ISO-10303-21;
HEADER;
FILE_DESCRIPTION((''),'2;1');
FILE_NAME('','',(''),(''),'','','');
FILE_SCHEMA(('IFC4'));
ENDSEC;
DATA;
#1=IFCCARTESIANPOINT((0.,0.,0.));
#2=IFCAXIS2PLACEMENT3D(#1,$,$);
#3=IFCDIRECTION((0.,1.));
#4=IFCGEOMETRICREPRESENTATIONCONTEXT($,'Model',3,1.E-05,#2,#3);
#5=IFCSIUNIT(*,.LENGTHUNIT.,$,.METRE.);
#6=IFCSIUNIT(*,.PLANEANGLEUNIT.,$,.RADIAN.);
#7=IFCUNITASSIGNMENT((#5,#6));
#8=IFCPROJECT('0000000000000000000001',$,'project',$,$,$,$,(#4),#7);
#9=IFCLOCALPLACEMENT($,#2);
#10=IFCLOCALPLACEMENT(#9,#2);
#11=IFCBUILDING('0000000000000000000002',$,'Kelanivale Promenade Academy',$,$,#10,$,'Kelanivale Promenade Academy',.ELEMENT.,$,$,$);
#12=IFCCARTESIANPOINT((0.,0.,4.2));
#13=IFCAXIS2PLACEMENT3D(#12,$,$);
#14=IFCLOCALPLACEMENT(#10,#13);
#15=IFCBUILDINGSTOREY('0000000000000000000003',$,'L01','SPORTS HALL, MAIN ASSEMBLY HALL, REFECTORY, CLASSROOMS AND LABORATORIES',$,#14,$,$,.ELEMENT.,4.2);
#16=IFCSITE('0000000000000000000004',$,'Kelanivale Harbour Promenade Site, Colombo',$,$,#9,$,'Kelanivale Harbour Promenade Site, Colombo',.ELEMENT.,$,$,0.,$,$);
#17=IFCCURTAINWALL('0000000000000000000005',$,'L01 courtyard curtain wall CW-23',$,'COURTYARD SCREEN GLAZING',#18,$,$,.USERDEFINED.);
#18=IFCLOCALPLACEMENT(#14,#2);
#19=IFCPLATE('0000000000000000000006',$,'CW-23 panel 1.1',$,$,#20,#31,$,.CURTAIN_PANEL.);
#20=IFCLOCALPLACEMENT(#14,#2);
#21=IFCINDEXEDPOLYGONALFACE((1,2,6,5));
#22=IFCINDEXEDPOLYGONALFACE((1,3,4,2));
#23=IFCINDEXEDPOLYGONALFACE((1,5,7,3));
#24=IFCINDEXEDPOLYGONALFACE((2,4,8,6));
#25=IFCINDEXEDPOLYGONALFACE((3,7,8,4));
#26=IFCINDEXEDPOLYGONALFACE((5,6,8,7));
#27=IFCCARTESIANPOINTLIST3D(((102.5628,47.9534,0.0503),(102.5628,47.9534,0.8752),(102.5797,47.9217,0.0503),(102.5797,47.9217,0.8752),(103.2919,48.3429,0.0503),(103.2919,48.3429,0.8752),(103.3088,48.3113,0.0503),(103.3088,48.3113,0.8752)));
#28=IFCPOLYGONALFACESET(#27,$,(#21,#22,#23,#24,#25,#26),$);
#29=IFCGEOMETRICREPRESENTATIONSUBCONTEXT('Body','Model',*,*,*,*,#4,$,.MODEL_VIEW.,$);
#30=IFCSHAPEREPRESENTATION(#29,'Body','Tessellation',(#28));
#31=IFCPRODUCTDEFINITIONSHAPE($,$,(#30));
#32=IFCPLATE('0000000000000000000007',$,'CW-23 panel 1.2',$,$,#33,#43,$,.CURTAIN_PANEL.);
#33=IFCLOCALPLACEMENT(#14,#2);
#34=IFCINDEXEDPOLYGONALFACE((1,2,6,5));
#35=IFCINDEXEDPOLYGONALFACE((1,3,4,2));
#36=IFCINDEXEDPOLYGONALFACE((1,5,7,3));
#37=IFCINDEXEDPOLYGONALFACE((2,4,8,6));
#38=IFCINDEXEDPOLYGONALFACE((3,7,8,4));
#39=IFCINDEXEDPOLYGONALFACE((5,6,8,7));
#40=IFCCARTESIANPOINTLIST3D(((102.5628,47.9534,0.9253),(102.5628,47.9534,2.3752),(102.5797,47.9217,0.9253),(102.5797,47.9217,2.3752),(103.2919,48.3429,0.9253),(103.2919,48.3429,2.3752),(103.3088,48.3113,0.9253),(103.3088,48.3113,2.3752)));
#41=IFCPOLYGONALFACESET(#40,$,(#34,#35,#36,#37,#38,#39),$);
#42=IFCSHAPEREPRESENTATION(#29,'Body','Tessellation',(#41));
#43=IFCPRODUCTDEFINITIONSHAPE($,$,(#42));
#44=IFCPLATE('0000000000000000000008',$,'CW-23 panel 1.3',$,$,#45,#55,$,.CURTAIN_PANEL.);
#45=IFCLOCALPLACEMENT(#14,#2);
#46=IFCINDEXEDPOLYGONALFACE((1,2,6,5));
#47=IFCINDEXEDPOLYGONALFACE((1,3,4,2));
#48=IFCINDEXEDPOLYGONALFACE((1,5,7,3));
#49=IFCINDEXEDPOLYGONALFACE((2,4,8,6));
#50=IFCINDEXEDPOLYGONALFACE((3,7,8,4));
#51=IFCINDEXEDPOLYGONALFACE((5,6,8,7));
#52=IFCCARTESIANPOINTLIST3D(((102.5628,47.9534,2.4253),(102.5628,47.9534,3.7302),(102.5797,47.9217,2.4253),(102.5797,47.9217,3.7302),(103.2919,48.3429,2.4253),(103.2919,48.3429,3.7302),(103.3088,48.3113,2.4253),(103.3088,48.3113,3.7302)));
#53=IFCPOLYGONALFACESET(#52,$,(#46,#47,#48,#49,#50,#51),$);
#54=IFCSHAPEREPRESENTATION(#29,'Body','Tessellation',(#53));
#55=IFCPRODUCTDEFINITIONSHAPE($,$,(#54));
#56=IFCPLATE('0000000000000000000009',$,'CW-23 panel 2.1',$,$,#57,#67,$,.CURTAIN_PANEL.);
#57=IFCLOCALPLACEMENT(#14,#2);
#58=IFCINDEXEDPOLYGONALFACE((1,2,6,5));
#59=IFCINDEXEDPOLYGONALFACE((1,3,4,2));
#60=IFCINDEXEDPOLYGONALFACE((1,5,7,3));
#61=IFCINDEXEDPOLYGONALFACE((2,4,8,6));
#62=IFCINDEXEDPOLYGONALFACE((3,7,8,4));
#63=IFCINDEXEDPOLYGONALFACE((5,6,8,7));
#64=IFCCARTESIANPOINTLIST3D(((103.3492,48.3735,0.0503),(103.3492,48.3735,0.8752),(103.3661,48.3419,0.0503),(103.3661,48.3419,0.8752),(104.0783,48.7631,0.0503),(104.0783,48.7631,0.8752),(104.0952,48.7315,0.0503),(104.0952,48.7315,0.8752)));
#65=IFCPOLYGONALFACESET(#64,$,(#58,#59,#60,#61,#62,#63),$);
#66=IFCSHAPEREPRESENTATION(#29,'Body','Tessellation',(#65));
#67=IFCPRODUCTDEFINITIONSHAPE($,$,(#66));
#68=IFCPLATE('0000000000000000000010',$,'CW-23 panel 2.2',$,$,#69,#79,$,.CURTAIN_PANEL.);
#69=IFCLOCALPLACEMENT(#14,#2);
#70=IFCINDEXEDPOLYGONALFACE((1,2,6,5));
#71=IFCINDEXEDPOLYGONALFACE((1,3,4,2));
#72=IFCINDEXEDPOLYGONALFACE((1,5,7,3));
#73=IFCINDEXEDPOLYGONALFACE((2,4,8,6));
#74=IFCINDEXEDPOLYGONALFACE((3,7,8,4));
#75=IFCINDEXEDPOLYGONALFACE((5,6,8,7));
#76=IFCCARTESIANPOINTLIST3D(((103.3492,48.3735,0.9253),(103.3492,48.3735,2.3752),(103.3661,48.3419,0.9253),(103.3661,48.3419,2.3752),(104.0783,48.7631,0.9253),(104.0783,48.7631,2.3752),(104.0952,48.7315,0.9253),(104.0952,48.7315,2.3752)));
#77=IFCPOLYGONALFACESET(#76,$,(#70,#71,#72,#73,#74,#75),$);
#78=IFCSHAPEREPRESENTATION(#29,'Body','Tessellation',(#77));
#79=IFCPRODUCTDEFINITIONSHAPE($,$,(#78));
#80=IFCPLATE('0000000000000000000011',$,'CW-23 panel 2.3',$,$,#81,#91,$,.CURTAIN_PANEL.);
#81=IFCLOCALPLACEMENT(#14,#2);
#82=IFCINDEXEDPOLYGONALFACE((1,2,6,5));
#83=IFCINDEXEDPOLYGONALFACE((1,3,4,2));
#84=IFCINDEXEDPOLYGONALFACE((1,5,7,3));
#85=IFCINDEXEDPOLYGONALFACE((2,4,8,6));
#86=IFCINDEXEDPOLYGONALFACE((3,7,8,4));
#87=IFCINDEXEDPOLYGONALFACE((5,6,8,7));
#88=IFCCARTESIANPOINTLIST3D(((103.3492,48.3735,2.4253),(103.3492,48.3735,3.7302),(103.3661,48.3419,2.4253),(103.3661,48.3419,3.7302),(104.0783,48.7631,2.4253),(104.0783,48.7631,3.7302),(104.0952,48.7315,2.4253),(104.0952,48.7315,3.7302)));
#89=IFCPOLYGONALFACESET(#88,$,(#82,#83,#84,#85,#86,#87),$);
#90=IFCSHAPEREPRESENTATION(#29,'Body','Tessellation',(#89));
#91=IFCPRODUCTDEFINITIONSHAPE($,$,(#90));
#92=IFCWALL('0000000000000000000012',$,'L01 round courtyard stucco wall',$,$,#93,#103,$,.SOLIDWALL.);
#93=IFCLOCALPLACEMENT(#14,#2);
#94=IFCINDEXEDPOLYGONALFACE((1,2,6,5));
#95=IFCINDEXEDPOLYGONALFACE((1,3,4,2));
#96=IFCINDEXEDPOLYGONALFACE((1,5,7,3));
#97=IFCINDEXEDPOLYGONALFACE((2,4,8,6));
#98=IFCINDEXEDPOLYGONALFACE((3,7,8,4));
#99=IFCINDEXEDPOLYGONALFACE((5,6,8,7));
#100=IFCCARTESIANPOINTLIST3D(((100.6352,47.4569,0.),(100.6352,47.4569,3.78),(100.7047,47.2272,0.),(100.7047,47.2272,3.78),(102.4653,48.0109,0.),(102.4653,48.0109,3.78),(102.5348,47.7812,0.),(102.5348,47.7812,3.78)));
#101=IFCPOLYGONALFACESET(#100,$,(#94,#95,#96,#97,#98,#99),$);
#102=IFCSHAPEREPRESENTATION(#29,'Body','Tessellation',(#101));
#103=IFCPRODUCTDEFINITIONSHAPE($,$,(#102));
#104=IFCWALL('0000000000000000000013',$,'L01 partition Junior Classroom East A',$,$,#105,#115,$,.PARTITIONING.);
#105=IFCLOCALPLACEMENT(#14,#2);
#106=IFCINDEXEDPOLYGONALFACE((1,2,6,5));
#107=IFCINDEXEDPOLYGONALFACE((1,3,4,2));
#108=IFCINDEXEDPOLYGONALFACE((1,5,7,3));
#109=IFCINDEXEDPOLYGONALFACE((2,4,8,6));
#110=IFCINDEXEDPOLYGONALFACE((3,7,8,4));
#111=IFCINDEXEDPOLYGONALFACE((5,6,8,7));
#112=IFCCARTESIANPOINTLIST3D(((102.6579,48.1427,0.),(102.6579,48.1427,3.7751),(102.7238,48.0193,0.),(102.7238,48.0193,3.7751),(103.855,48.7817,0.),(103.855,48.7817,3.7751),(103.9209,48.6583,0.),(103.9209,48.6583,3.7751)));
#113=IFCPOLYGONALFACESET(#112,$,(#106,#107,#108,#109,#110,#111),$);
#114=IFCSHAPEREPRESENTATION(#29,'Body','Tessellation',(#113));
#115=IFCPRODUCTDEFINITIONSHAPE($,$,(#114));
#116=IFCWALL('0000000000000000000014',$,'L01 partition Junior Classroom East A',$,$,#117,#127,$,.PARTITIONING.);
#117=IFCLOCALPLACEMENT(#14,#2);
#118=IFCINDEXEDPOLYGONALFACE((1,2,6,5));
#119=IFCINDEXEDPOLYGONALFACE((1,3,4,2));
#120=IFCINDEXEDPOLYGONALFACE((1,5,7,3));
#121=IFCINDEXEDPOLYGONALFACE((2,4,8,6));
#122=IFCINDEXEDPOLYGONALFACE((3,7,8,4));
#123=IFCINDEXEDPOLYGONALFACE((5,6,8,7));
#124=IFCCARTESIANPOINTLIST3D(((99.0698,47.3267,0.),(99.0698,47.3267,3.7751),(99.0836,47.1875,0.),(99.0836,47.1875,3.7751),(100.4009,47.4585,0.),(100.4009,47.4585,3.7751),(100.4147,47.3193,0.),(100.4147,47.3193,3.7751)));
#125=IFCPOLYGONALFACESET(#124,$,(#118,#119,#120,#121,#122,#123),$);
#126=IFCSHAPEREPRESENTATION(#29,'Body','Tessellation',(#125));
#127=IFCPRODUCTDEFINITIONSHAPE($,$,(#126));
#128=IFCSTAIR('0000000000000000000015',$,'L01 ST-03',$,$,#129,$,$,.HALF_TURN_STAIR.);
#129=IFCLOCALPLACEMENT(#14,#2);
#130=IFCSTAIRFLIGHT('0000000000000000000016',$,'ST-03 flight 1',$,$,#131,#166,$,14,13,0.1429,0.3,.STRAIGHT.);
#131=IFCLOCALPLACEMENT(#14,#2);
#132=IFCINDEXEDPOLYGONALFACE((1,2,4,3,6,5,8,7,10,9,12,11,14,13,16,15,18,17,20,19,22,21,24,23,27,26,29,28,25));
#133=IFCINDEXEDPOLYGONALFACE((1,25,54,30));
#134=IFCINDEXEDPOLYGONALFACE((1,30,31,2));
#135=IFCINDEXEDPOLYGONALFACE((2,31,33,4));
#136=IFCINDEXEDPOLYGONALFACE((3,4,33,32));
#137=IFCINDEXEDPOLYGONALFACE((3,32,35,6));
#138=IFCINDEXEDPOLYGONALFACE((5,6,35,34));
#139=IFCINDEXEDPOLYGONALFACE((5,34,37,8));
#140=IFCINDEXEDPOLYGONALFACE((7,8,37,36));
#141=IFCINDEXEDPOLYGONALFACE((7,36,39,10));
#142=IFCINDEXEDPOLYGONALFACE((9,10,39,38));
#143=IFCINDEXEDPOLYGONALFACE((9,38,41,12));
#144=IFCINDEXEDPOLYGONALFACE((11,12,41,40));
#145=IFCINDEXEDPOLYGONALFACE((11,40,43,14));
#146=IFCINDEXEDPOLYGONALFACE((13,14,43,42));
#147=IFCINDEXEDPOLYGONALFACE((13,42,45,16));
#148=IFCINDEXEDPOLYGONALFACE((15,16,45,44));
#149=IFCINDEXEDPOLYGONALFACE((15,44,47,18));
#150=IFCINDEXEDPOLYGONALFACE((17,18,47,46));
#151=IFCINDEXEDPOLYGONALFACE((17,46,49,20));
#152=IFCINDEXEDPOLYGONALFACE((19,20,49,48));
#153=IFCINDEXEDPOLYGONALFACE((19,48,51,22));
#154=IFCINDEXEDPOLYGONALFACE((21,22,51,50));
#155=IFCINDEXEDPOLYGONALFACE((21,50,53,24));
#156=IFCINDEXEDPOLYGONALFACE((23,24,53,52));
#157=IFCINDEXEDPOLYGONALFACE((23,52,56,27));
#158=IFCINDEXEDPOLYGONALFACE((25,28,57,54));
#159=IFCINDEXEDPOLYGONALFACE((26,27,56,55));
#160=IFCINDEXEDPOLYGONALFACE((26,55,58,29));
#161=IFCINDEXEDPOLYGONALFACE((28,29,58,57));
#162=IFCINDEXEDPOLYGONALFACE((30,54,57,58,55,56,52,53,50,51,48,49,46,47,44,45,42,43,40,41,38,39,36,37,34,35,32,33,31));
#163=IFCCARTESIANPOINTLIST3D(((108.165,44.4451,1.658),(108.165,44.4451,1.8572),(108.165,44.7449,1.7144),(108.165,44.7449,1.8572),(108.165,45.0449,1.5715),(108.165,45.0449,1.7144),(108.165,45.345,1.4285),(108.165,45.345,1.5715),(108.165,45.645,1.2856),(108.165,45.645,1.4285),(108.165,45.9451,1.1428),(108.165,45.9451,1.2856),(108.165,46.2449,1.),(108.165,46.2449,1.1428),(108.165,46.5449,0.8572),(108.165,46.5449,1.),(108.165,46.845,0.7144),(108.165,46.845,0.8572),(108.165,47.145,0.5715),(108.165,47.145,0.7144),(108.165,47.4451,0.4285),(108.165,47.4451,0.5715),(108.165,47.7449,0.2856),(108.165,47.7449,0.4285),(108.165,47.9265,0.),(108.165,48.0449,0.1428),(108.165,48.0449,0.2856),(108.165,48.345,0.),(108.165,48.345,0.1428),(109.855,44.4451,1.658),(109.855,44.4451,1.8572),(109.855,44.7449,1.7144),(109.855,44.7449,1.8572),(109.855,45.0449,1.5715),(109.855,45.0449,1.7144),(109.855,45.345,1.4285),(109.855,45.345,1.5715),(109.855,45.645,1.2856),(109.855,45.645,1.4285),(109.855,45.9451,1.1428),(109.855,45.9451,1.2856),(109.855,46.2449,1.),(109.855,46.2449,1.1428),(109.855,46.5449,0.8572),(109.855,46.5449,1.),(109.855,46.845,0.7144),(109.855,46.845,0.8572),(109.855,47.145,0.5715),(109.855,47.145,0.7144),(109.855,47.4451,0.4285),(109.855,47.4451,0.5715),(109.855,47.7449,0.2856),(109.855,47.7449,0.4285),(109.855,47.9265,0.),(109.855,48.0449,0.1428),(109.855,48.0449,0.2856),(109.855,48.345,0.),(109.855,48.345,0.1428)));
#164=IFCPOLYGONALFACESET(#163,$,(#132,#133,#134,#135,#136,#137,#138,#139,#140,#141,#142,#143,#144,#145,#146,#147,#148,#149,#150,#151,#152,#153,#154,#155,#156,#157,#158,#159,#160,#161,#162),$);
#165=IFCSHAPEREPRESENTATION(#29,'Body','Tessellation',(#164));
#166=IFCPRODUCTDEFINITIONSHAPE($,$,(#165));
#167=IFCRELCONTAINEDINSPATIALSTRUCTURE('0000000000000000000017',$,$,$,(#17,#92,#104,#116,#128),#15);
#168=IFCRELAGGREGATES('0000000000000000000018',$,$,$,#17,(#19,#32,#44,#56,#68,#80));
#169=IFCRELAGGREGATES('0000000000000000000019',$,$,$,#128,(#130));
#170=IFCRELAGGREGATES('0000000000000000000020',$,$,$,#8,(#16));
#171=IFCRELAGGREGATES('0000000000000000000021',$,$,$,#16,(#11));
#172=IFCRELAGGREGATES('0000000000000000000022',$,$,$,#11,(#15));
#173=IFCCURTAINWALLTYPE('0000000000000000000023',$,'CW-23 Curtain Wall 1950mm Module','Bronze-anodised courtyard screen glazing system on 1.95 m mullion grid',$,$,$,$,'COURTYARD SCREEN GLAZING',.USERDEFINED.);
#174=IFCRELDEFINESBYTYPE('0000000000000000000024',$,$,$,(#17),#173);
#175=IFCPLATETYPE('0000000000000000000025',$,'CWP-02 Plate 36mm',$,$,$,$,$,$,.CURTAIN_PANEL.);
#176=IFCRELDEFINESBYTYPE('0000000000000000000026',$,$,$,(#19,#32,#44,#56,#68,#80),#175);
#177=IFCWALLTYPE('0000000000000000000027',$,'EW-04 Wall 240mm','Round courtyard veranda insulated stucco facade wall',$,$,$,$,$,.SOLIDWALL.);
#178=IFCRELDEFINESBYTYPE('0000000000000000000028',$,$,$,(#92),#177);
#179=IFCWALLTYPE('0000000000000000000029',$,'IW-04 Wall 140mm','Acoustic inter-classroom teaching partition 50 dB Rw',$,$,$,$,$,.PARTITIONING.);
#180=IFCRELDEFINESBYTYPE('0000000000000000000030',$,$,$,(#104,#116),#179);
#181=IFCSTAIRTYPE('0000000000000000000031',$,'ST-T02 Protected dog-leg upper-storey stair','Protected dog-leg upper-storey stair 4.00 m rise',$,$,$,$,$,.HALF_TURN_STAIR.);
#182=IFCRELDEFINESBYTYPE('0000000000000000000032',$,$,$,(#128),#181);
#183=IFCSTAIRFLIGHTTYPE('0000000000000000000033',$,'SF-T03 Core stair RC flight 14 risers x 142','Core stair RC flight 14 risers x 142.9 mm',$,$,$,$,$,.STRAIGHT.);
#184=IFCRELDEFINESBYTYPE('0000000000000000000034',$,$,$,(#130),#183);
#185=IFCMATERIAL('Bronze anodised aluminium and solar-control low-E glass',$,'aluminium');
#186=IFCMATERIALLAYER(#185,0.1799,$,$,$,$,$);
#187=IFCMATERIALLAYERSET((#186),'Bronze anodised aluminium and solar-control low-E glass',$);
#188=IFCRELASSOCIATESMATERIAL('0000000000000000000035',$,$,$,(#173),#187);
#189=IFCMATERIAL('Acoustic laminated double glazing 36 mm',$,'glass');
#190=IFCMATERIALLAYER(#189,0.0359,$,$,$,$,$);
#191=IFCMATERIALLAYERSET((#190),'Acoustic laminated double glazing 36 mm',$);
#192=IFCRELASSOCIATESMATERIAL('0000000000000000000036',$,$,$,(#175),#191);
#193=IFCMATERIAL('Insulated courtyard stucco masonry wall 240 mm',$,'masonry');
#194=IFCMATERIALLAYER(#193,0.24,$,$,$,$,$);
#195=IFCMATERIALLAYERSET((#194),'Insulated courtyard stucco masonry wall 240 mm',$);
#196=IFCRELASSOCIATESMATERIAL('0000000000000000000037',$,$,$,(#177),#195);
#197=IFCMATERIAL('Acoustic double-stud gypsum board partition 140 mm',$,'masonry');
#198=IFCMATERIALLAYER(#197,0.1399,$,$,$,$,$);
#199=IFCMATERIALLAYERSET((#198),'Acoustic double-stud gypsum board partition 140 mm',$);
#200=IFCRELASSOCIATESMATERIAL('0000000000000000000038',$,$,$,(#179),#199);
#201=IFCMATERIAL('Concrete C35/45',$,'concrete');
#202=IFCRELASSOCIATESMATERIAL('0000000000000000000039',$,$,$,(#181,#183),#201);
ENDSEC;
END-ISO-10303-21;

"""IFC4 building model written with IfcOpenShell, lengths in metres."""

from ifc_helpers import new_model, si_unit, direction, frame, frame_2d, origin, origin_2d, place, context, subcontext, project, spatial, polyline, rectangle, outline, extrude, material, layer, layer_set, type_object, element, aggregate, save


model = new_model("IFC4")

# Units and contexts
model_context = context("Model", 3, precision=1e-05, world=origin(), true_north=direction((0.0, 1.0)))
body_context = subcontext(model_context, "Body", "Model", "MODEL_VIEW")
ifc_project = project(units=[si_unit("LENGTHUNIT", "METRE"), si_unit("PLANEANGLEUNIT", "RADIAN")], contexts=[model_context])

# Site, building, storey
site_placement = place(None, origin())
site = spatial("IfcSite", under=ifc_project, at=site_placement, Name="Kelanivale Harbour Promenade Site, Colombo", LongName="Kelanivale Harbour Promenade Site, Colombo", CompositionType="ELEMENT", RefElevation=0.0)
building_placement = place(site_placement, origin())
building = spatial("IfcBuilding", under=site, at=building_placement, Name="Kelanivale Promenade Academy", LongName="Kelanivale Promenade Academy", CompositionType="ELEMENT")
storey_placement = place(building_placement, frame((0.0, 0.0, 4.2)))
storey = spatial("IfcBuildingStorey", under=building, at=storey_placement, Name="L01", Description="SPORTS HALL, MAIN ASSEMBLY HALL, REFECTORY, CLASSROOMS AND LABORATORIES", CompositionType="ELEMENT", Elevation=4.2)

# Curtain wall
ifc_material_1 = material(Name="Bronze anodised aluminium and solar-control low-E glass", Category="aluminium")
ifc_layer_1 = layer(ifc_material_1, 0.1799)
ifc_layer_set_1 = layer_set([ifc_layer_1], Name="Bronze anodised aluminium and solar-control low-E glass")
curtain_wall_type_1 = type_object("IfcCurtainWallType", Name="CW-23 Curtain Wall 1950mm Module", Description="Bronze-anodised courtyard screen glazing system on 1.95 m mullion grid", ElementType="COURTYARD SCREEN GLAZING", PredefinedType="USERDEFINED", material=ifc_layer_set_1)
curtain_wall_1_placement = place(storey_placement, origin())
curtain_wall_1 = element("IfcCurtainWall", 1, at=curtain_wall_1_placement, inside=storey, type_object=curtain_wall_type_1, Name="L01 courtyard curtain wall CW-23", ObjectType="COURTYARD SCREEN GLAZING", PredefinedType="USERDEFINED")

# Shared definitions
ifc_material_2 = material(Name="Concrete C35/45", Category="concrete")

# Plates
ifc_material_3 = material(Name="Acoustic laminated double glazing 36 mm", Category="glass")
ifc_layer_2 = layer(ifc_material_3, 0.0359)
ifc_layer_set_2 = layer_set([ifc_layer_2], Name="Acoustic laminated double glazing 36 mm")
plate_type_1 = type_object("IfcPlateType", Name="CWP-02 Plate 36mm", PredefinedType="CURTAIN_PANEL", material=ifc_layer_set_2)
plate_1_placement = place(storey_placement, frame((102.9358, 48.1323, 0.0503), z_axis=(0.0, 0.0, 1.0), x_axis=(0.881978, 0.47129, 0.0)))
plate_1 = element("IfcPlate", 2, at=plate_1_placement, type_object=plate_type_1, Name="CW-23 panel 1.1", PredefinedType="CURTAIN_PANEL", context=body_context, shape_type="SweptSolid", body=[
    extrude(rectangle(XDim=0.8267, YDim=0.0359, at=origin_2d()), origin(), (0.0, 0.0, 1.0), 0.825),
])
plate_2_placement = place(storey_placement, frame((102.9358, 48.1323, 0.9253), z_axis=(0.0, 0.0, 1.0), x_axis=(0.881978, 0.47129, 0.0)))
plate_2 = element("IfcPlate", 3, at=plate_2_placement, type_object=plate_type_1, Name="CW-23 panel 1.2", PredefinedType="CURTAIN_PANEL", context=body_context, shape_type="SweptSolid", body=[
    extrude(rectangle(XDim=0.8267, YDim=0.0359, at=origin_2d()), origin(), (0.0, 0.0, 1.0), 1.45),
])
plate_3_placement = place(storey_placement, frame((102.9358, 48.1323, 2.4253), z_axis=(0.0, 0.0, 1.0), x_axis=(0.881978, 0.47129, 0.0)))
plate_3 = element("IfcPlate", 4, at=plate_3_placement, type_object=plate_type_1, Name="CW-23 panel 1.3", PredefinedType="CURTAIN_PANEL", context=body_context, shape_type="SweptSolid", body=[
    extrude(rectangle(XDim=0.8267, YDim=0.0359, at=origin_2d()), origin(), (0.0, 0.0, 1.0), 1.3049),
])
plate_4_placement = place(storey_placement, frame((103.7222, 48.5525, 0.0503), z_axis=(0.0, 0.0, 1.0), x_axis=(0.881978, 0.47129, 0.0)))
plate_4 = element("IfcPlate", 5, at=plate_4_placement, type_object=plate_type_1, Name="CW-23 panel 2.1", PredefinedType="CURTAIN_PANEL", context=body_context, shape_type="SweptSolid", body=[
    extrude(rectangle(XDim=0.8267, YDim=0.0359, at=origin_2d()), origin(), (0.0, 0.0, 1.0), 0.825),
])
plate_5_placement = place(storey_placement, frame((103.7222, 48.5525, 0.9253), z_axis=(0.0, 0.0, 1.0), x_axis=(0.881978, 0.47129, 0.0)))
plate_5 = element("IfcPlate", 6, at=plate_5_placement, type_object=plate_type_1, Name="CW-23 panel 2.2", PredefinedType="CURTAIN_PANEL", context=body_context, shape_type="SweptSolid", body=[
    extrude(rectangle(XDim=0.8267, YDim=0.0359, at=origin_2d()), origin(), (0.0, 0.0, 1.0), 1.45),
])
plate_6_placement = place(storey_placement, frame((103.7222, 48.5525, 2.4253), z_axis=(0.0, 0.0, 1.0), x_axis=(0.881978, 0.47129, 0.0)))
plate_6 = element("IfcPlate", 7, at=plate_6_placement, type_object=plate_type_1, Name="CW-23 panel 2.3", PredefinedType="CURTAIN_PANEL", context=body_context, shape_type="SweptSolid", body=[
    extrude(rectangle(XDim=0.8267, YDim=0.0359, at=origin_2d()), origin(), (0.0, 0.0, 1.0), 1.3049),
])
aggregate(curtain_wall_1, [plate_1, plate_2, plate_3, plate_4, plate_5, plate_6])

# Walls
ifc_material_4 = material(Name="Insulated courtyard stucco masonry wall 240 mm", Category="masonry")
ifc_layer_3 = layer(ifc_material_4, 0.24)
ifc_layer_set_3 = layer_set([ifc_layer_3], Name="Insulated courtyard stucco masonry wall 240 mm")
wall_type_1 = type_object("IfcWallType", Name="EW-04 Wall 240mm", Description="Round courtyard veranda insulated stucco facade wall", PredefinedType="SOLIDWALL", material=ifc_layer_set_3)
wall_1_placement = place(storey_placement, frame((100.6699, 47.342, 0.0), z_axis=(0.0, 0.0, 1.0), x_axis=(0.957113, 0.289713, 0.0)))
element("IfcWall", 8, at=wall_1_placement, inside=storey, type_object=wall_type_1, Name="L01 round courtyard stucco wall", PredefinedType="SOLIDWALL", context=body_context, shape_type="SweptSolid", body=[
    extrude(rectangle(XDim=1.9121, YDim=0.24, at=frame_2d((0.9561, 0.0))), origin(), (0.0, 0.0, 1.0), 3.78),
])
ifc_material_5 = material(Name="Acoustic double-stud gypsum board partition 140 mm", Category="masonry")
ifc_layer_4 = layer(ifc_material_5, 0.1399)
ifc_layer_set_4 = layer_set([ifc_layer_4], Name="Acoustic double-stud gypsum board partition 140 mm")
wall_type_2 = type_object("IfcWallType", Name="IW-04 Wall 140mm", Description="Acoustic inter-classroom teaching partition 50 dB Rw", PredefinedType="PARTITIONING", material=ifc_layer_set_4)
wall_2_placement = place(storey_placement, frame((103.8879, 48.72, 0.0), z_axis=(0.0, 0.0, 1.0), x_axis=(-0.882198, -0.470878, 0.0)))
element("IfcWall", 9, at=wall_2_placement, inside=storey, type_object=wall_type_2, Name="L01 partition Junior Classroom East A", PredefinedType="PARTITIONING", context=body_context, shape_type="SweptSolid", body=[
    extrude(rectangle(XDim=1.3569, YDim=0.1399, at=frame_2d((0.6785, 0.0))), origin(), (0.0, 0.0, 1.0), 3.7751),
])
wall_3_placement = place(storey_placement, frame((100.408, 47.3889, 0.0), z_axis=(0.0, 0.0, 1.0), x_axis=(-0.995131, -0.098564, 0.0)))
element("IfcWall", 10, at=wall_3_placement, inside=storey, type_object=wall_type_2, Name="L01 partition Junior Classroom East A", PredefinedType="PARTITIONING", context=body_context, shape_type="SweptSolid", body=[
    extrude(rectangle(XDim=1.3376, YDim=0.1399, at=frame_2d((0.6689, 0.0))), origin(), (0.0, 0.0, 1.0), 3.7751),
])

# Stair, stair flight
stair_type = type_object("IfcStairType", Name="ST-T02 Protected dog-leg upper-storey stair", Description="Protected dog-leg upper-storey stair 4.00 m rise", PredefinedType="HALF_TURN_STAIR", material=ifc_material_2)
stair_placement = place(storey_placement, origin())
stair = element("IfcStair", 11, at=stair_placement, inside=storey, type_object=stair_type, Name="L01 ST-03", PredefinedType="HALF_TURN_STAIR")
stair_flight_type = type_object("IfcStairFlightType", Name="SF-T03 Core stair RC flight 14 risers x 142", Description="Core stair RC flight 14 risers x 142.9 mm", PredefinedType="STRAIGHT", material=ifc_material_2)
stair_flight_placement = place(storey_placement, frame((109.01, 48.345, 0.0), z_axis=(0.0, 0.0, 1.0), x_axis=(0.0, -1.0, 0.0)))
stair_flight = element("IfcStairFlight", 12, at=stair_flight_placement, type_object=stair_flight_type, Name="ST-03 flight 1", NumberOfRisers=14, NumberOfTreads=13, PredefinedType="STRAIGHT", RiserHeight=0.1429, TreadLength=0.3, context=body_context, shape_type="SweptSolid", body=[
    extrude(outline(polyline([(0.0, 0.0), (0.0, 0.1428), (0.3, 0.1428), (0.3, 0.2856), (0.6001, 0.2856), (0.6001, 0.4285), (0.8999, 0.4285), (0.8999, 0.5715), (1.2, 0.5715), (1.2, 0.7144), (1.5, 0.7144), (1.5, 0.8572), (1.8, 0.8572), (1.8, 1.0), (2.1001, 1.0), (2.1001, 1.1428), (2.3999, 1.1428), (2.3999, 1.2856), (2.7, 1.2856), (2.7, 1.4285), (3.0, 1.4285), (3.0, 1.5715), (3.3, 1.5715), (3.3, 1.7144), (3.6001, 1.7144), (3.6001, 1.8572), (3.8999, 1.8572), (3.8999, 2.0), (3.8999, 1.658), (0.4185, 0.0), (0.0, 0.0)])), frame((0.0, 0.845, 0.0), z_axis=(0.0, -1.0, 0.0), x_axis=(1.0, 0.0, 0.0)), (0.0, 0.0, 1.0), 1.6899),
])
aggregate(stair, [stair_flight])

save(model, "model.ifc")
